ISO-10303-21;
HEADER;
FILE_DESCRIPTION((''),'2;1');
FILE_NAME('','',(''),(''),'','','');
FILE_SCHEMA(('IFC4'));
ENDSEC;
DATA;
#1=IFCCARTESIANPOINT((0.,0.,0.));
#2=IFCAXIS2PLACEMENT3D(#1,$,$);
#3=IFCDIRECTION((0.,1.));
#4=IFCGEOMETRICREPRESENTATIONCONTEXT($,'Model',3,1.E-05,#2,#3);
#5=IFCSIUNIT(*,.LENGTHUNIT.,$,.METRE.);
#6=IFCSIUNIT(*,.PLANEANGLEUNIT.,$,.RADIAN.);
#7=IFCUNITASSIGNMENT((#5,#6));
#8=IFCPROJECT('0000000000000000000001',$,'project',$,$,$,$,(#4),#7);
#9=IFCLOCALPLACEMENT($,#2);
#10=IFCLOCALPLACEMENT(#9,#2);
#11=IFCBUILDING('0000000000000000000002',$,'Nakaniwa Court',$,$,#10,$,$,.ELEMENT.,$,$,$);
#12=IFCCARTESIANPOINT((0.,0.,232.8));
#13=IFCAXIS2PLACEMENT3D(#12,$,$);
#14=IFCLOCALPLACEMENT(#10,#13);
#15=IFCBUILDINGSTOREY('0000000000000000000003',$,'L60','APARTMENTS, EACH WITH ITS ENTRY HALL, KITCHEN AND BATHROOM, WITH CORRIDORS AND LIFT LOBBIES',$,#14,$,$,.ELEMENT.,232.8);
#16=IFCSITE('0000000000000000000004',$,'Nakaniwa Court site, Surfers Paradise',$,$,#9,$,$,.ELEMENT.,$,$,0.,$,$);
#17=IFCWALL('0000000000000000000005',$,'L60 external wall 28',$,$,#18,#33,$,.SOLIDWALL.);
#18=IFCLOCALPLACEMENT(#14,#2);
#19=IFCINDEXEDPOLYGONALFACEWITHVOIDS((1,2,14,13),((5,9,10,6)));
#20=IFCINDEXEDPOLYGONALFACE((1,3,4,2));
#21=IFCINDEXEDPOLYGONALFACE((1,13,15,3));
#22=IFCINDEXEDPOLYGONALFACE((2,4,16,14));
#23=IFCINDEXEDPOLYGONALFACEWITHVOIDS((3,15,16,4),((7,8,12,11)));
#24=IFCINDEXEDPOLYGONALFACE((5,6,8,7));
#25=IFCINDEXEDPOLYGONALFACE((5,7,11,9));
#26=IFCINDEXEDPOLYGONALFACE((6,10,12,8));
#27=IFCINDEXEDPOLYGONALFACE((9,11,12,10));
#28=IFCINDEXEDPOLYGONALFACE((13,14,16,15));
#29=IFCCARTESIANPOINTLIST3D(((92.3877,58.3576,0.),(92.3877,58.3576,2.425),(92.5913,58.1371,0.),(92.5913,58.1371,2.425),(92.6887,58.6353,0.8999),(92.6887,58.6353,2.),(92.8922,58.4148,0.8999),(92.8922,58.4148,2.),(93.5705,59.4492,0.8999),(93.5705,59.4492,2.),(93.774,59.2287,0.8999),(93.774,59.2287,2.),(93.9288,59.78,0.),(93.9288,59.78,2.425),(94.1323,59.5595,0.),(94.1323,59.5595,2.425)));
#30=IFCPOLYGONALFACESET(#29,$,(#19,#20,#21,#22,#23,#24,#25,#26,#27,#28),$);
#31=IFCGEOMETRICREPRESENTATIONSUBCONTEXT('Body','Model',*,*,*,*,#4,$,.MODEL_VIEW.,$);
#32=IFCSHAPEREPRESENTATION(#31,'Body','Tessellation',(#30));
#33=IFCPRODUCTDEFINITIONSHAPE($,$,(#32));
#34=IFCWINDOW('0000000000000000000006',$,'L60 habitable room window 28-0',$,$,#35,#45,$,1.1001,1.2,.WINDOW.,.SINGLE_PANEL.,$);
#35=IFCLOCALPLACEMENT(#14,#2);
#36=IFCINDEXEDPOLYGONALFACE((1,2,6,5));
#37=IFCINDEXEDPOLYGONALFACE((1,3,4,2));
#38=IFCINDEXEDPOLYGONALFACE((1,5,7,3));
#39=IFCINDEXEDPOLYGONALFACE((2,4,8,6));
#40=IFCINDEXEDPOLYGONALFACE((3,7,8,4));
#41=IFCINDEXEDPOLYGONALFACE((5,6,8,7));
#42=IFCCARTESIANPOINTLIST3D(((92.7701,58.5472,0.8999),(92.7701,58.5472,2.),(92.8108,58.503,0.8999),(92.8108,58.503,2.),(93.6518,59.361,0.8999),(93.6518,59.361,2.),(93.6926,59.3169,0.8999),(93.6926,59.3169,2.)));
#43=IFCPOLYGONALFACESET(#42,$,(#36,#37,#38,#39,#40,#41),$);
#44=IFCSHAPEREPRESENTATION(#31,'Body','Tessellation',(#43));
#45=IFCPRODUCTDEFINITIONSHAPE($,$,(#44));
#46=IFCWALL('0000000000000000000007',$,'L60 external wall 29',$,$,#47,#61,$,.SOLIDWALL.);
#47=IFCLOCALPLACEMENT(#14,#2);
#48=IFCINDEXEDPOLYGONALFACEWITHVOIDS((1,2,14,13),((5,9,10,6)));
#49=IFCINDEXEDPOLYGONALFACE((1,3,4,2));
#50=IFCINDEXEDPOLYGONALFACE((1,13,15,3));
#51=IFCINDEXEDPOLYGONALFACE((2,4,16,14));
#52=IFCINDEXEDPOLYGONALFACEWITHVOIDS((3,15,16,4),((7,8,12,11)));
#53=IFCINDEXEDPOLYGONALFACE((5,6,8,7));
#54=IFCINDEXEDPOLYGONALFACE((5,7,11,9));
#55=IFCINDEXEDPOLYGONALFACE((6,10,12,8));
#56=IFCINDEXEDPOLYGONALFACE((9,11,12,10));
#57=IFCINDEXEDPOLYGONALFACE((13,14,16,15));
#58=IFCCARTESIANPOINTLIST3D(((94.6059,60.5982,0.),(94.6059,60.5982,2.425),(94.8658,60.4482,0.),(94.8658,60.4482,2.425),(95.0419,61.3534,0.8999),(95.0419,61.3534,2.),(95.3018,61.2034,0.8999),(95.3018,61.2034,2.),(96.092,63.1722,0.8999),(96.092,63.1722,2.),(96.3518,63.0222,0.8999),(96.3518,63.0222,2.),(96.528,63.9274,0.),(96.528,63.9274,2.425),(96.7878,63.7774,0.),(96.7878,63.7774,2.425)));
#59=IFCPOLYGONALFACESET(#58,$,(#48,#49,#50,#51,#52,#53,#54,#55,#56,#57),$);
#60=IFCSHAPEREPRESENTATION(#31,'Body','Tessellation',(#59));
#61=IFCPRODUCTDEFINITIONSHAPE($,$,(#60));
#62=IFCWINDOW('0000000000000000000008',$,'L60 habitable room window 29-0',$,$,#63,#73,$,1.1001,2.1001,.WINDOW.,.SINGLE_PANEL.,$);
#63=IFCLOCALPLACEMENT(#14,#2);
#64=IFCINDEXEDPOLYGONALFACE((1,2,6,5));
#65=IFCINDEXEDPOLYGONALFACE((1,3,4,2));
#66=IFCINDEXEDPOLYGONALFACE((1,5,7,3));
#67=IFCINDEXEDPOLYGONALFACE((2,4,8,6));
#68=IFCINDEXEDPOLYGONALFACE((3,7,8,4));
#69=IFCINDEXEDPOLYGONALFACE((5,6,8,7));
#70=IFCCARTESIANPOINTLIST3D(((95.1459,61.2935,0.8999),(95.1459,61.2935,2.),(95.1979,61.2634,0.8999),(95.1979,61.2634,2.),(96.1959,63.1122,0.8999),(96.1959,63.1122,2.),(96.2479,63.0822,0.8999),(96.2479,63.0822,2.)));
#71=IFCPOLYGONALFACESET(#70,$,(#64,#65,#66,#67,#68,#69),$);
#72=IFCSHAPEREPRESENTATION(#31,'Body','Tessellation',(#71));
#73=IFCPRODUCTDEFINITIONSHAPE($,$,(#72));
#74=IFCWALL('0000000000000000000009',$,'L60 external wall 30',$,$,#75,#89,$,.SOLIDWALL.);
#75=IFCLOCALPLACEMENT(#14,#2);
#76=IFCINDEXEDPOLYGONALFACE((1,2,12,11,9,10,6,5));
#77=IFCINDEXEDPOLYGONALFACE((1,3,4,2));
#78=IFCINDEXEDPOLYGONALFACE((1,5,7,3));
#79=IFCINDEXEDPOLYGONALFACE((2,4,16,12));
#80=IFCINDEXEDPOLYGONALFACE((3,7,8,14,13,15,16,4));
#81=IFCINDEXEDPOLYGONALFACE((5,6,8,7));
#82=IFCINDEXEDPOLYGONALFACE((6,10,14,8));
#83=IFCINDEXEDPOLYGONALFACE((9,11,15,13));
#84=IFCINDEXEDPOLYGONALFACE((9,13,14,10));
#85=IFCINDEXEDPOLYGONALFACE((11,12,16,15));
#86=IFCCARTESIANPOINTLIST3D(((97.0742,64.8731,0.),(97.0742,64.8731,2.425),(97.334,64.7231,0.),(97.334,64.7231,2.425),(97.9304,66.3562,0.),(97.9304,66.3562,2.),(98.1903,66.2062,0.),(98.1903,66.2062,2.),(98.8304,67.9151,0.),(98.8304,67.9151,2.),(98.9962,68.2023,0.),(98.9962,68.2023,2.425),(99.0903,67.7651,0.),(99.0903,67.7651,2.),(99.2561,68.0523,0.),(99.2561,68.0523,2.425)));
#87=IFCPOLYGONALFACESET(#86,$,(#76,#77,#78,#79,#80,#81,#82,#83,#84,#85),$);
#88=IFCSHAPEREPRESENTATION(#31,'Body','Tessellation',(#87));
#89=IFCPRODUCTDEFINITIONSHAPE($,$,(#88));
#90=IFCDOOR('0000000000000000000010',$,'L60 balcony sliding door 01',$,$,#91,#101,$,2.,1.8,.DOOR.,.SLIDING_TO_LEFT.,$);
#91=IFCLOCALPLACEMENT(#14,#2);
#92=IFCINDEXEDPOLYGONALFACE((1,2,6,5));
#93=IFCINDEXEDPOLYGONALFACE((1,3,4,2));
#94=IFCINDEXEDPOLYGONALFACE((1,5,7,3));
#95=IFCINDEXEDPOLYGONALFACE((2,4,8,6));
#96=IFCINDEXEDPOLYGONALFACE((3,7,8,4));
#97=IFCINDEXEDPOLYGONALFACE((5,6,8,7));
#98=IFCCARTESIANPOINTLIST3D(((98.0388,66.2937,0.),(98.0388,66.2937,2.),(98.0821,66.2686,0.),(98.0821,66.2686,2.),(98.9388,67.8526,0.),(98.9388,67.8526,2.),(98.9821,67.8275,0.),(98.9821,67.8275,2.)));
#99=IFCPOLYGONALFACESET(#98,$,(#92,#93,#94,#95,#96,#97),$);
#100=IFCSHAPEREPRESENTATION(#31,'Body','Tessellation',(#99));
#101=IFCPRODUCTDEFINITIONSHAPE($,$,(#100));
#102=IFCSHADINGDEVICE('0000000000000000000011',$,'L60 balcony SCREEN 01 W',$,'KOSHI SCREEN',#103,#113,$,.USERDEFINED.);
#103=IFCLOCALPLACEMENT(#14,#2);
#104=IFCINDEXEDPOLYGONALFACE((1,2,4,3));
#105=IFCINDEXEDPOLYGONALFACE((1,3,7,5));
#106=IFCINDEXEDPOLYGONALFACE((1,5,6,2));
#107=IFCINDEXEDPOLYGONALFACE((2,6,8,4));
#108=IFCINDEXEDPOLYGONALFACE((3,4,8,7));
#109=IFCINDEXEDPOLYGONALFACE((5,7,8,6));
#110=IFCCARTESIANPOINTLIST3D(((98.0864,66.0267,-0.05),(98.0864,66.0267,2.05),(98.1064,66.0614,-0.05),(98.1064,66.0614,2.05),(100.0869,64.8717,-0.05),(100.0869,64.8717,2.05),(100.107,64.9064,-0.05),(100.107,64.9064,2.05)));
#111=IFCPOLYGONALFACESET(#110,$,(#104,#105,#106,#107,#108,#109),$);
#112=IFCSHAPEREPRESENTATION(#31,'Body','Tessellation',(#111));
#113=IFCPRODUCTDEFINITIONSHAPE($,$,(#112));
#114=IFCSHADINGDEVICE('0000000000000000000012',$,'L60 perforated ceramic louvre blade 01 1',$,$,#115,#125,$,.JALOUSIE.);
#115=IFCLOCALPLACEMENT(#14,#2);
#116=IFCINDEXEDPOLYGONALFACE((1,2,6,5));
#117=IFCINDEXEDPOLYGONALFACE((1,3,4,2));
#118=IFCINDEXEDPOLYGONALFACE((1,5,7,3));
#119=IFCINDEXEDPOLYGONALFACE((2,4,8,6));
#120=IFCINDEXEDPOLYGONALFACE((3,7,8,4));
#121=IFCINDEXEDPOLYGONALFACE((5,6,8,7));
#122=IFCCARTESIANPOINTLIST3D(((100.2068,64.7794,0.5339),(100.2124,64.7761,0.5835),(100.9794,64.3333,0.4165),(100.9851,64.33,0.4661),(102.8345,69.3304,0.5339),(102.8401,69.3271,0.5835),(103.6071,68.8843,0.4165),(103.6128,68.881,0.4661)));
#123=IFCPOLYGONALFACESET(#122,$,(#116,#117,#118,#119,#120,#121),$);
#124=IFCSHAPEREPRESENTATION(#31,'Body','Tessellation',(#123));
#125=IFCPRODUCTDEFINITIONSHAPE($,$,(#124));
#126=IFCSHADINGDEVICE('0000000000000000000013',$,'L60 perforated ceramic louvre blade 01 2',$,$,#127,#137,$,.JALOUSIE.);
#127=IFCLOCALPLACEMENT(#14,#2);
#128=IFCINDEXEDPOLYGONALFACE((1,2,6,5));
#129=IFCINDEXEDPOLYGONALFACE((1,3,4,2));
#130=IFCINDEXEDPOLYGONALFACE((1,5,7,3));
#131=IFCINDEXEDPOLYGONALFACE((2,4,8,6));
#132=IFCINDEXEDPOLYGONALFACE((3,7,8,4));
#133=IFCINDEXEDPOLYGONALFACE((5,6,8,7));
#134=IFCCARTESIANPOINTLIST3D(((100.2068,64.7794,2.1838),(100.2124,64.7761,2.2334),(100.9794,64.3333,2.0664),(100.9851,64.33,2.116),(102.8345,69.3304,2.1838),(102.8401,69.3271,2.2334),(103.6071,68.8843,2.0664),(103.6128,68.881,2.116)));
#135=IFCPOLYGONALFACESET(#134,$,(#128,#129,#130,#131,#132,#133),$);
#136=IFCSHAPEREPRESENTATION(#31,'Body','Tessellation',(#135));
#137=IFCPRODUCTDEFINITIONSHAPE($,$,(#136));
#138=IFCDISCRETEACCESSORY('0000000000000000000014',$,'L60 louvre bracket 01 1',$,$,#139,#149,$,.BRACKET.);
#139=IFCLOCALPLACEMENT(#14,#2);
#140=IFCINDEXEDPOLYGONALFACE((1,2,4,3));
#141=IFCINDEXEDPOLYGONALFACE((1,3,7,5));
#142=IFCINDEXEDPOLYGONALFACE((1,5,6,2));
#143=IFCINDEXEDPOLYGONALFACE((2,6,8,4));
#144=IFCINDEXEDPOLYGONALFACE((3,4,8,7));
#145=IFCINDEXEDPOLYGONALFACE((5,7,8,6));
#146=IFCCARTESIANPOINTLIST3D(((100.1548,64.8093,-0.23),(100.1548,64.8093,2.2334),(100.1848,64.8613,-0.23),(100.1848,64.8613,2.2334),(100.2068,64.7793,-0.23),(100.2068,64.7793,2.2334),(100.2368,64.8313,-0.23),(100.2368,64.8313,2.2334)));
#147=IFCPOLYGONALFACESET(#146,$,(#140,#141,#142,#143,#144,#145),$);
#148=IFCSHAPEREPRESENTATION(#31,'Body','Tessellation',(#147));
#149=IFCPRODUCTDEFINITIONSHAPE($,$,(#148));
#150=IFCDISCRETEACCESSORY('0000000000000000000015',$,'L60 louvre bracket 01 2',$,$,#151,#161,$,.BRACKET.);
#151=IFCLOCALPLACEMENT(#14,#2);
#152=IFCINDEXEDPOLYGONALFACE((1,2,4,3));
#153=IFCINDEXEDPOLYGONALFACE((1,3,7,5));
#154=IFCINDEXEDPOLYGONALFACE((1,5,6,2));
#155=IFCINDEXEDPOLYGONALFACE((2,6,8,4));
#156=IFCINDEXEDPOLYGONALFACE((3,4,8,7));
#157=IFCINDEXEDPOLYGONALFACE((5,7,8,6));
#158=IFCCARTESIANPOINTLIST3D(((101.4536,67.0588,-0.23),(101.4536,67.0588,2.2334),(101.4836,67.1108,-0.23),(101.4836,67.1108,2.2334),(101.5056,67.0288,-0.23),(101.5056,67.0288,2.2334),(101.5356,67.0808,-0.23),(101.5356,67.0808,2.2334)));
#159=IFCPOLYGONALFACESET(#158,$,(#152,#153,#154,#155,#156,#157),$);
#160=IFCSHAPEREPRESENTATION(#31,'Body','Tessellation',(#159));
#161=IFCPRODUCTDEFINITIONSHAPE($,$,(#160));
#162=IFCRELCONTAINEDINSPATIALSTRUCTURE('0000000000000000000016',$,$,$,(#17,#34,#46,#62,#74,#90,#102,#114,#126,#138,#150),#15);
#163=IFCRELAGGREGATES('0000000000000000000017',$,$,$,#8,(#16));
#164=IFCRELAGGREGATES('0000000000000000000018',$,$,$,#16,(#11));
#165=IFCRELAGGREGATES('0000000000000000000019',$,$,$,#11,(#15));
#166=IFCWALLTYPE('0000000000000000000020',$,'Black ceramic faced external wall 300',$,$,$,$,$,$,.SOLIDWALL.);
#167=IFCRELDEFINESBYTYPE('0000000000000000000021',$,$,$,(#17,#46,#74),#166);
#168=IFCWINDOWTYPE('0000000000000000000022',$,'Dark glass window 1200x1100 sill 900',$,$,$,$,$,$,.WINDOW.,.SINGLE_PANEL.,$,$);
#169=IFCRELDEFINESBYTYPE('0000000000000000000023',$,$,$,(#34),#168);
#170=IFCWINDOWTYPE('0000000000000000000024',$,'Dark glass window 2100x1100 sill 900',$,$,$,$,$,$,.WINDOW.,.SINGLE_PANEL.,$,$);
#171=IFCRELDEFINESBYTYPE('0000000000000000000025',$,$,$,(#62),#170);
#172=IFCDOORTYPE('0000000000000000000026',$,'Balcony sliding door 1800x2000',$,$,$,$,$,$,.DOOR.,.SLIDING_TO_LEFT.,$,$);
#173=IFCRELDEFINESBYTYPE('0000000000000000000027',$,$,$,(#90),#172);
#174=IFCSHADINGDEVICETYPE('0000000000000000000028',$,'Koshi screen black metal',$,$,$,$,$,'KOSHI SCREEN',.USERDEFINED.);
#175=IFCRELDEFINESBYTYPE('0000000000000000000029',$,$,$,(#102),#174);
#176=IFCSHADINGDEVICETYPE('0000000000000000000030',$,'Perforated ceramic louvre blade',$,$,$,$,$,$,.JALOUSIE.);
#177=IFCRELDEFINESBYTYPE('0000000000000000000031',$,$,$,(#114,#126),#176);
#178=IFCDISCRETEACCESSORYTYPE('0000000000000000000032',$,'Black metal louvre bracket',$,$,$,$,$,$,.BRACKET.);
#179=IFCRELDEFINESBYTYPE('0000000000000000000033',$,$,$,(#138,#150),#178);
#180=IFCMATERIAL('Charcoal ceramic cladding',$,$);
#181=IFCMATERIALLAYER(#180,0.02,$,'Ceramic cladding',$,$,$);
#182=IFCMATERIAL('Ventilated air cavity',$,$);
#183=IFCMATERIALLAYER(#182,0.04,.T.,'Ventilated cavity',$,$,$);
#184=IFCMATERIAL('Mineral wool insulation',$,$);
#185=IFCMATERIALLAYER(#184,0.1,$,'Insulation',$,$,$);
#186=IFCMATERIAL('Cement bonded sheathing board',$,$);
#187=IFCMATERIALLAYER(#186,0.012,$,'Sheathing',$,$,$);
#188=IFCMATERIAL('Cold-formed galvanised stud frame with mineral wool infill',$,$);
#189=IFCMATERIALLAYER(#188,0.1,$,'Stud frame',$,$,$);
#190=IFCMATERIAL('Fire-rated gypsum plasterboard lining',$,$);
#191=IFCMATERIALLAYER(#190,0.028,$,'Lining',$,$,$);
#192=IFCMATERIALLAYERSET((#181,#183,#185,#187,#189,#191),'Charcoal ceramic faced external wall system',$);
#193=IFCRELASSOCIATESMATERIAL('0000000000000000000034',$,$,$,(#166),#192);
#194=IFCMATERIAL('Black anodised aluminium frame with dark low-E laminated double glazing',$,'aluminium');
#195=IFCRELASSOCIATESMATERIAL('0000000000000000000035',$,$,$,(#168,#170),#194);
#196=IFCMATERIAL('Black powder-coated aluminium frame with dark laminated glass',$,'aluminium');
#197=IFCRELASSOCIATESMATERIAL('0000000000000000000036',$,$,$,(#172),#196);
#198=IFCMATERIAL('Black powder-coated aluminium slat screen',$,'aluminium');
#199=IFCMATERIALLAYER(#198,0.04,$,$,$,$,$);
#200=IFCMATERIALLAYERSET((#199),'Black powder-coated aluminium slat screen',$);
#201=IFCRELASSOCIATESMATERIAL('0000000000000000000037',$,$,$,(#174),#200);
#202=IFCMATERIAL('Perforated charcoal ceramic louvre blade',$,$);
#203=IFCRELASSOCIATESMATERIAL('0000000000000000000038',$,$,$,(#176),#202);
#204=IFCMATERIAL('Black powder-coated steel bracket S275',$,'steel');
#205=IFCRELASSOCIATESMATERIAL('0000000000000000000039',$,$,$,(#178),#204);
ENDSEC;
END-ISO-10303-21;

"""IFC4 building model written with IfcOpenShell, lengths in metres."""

from ifc_helpers import new_model, si_unit, direction, frame, frame_2d, origin, origin_2d, place, context, subcontext, project, spatial, rectangle, extrude, material, layer, layer_set, material_profile, profile_set, type_object, element, fill, save


model = new_model("IFC4")

# Units and contexts
model_context = context("Model", 3, precision=1e-05, world=origin(), true_north=direction((0.0, 1.0)))
body_context = subcontext(model_context, "Body", "Model", "MODEL_VIEW")
ifc_project = project(units=[si_unit("LENGTHUNIT", "METRE"), si_unit("PLANEANGLEUNIT", "RADIAN")], contexts=[model_context])

# Site, building, storey
site_placement = place(None, origin())
site = spatial("IfcSite", under=ifc_project, at=site_placement, Name="Nakaniwa Court site, Surfers Paradise", CompositionType="ELEMENT", RefElevation=0.0)
building_placement = place(site_placement, origin())
building = spatial("IfcBuilding", under=site, at=building_placement, Name="Nakaniwa Court", CompositionType="ELEMENT")
storey_placement = place(building_placement, frame((0.0, 0.0, 232.8)))
storey = spatial("IfcBuildingStorey", under=building, at=storey_placement, Name="L60", Description="APARTMENTS, EACH WITH ITS ENTRY HALL, KITCHEN AND BATHROOM, WITH CORRIDORS AND LIFT LOBBIES", CompositionType="ELEMENT", Elevation=232.8)

# Walls, openings, windows
ifc_material_1 = material(Name="Charcoal ceramic cladding")
ifc_layer_1 = layer(ifc_material_1, 0.02, Name="Ceramic cladding")
ifc_material_2 = material(Name="Ventilated air cavity")
ifc_layer_2 = layer(ifc_material_2, 0.04, ventilated=True, Name="Ventilated cavity")
ifc_material_3 = material(Name="Mineral wool insulation")
ifc_layer_3 = layer(ifc_material_3, 0.1, Name="Insulation")
ifc_material_4 = material(Name="Cement bonded sheathing board")
ifc_layer_4 = layer(ifc_material_4, 0.012, Name="Sheathing")
ifc_material_5 = material(Name="Cold-formed galvanised stud frame with mineral wool infill")
ifc_layer_5 = layer(ifc_material_5, 0.1, Name="Stud frame")
ifc_material_6 = material(Name="Fire-rated gypsum plasterboard lining")
ifc_layer_6 = layer(ifc_material_6, 0.028, Name="Lining")
ifc_layer_set_1 = layer_set([ifc_layer_1, ifc_layer_2, ifc_layer_3, ifc_layer_4, ifc_layer_5, ifc_layer_6], Name="Charcoal ceramic faced external wall system")
wall_type_1 = type_object("IfcWallType", Name="Black ceramic faced external wall 300", PredefinedType="SOLIDWALL", material=ifc_layer_set_1)
ifc_material_7 = material(Name="Black anodised aluminium frame with dark low-E laminated double glazing", Category="aluminium")
window_type_1 = type_object("IfcWindowType", Name="Dark glass window 1200x1100 sill 900", PartitioningType="SINGLE_PANEL", PredefinedType="WINDOW", material=ifc_material_7)
wall_1_placement = place(storey_placement, frame((92.4895, 58.2473, 0.0), z_axis=(0.0, 0.0, 1.0), x_axis=(0.73483, 0.678251, 0.0)))
wall_1 = element("IfcWall", 1, at=wall_1_placement, inside=storey, type_object=wall_type_1, Name="L60 external wall 28", PredefinedType="SOLIDWALL", context=body_context, shape_type="SweptSolid", body=[
    extrude(rectangle(XDim=2.0972, YDim=0.3, at=frame_2d((1.0486, 0.0))), origin(), (0.0, 0.0, 1.0), 2.425),
])
opening_1_placement = place(wall_1_placement, frame((0.4094, 0.0, 0.8999)))
opening_1 = element("IfcOpeningElement", 2, at=opening_1_placement, cuts=wall_1, PredefinedType="OPENING", context=body_context, shape_type="SweptSolid", body=[
    extrude(rectangle(XDim=1.2, YDim=1.1001, at=frame_2d((0.6001, 0.55))), frame((0.0, 0.1599, 0.0), z_axis=(0.0, -1.0, 0.0), x_axis=(1.0, 0.0, 0.0)), (0.0, 0.0, 1.0), 0.3201),
])
window_1_placement = place(opening_1_placement, origin())
window_1 = element("IfcWindow", 3, at=window_1_placement, inside=storey, type_object=window_type_1, Name="L60 habitable room window 28-0", OverallHeight=1.1001, OverallWidth=1.2, PartitioningType="SINGLE_PANEL", PredefinedType="WINDOW", context=body_context, shape_type="SweptSolid", body=[
    extrude(rectangle(XDim=1.2, YDim=1.1001, at=frame_2d((0.6001, 0.55))), frame((0.0, 0.03, 0.0), z_axis=(0.0, -1.0, 0.0), x_axis=(1.0, 0.0, 0.0)), (0.0, 0.0, 1.0), 0.0601),
])
fill(opening_1, window_1)
wall_2_placement = place(storey_placement, frame((94.7358, 60.5232, 0.0), z_axis=(0.0, 0.0, 1.0), x_axis=(0.499984, 0.866034, 0.0)))
wall_2 = element("IfcWall", 4, at=wall_2_placement, inside=storey, type_object=wall_type_1, Name="L60 external wall 29", PredefinedType="SOLIDWALL", context=body_context, shape_type="SweptSolid", body=[
    extrude(rectangle(XDim=3.8442, YDim=0.3, at=frame_2d((1.9221, 0.0))), origin(), (0.0, 0.0, 1.0), 2.425),
])
opening_2_placement = place(wall_2_placement, frame((0.8721, 0.0, 0.8999)))
opening_2 = element("IfcOpeningElement", 5, at=opening_2_placement, cuts=wall_2, PredefinedType="OPENING", context=body_context, shape_type="SweptSolid", body=[
    extrude(rectangle(XDim=2.1001, YDim=1.1001, at=frame_2d((1.05, 0.55))), frame((0.0, 0.1599, 0.0), z_axis=(0.0, -1.0, 0.0), x_axis=(1.0, 0.0, 0.0)), (0.0, 0.0, 1.0), 0.3201),
])
window_type_2 = type_object("IfcWindowType", Name="Dark glass window 2100x1100 sill 900", PartitioningType="SINGLE_PANEL", PredefinedType="WINDOW", material=ifc_material_7)
window_2_placement = place(opening_2_placement, origin())
window_2 = element("IfcWindow", 6, at=window_2_placement, inside=storey, type_object=window_type_2, Name="L60 habitable room window 29-0", OverallHeight=1.1001, OverallWidth=2.1001, PartitioningType="SINGLE_PANEL", PredefinedType="WINDOW", context=body_context, shape_type="SweptSolid", body=[
    extrude(rectangle(XDim=2.1001, YDim=1.1001, at=frame_2d((1.05, 0.55))), frame((0.0, 0.03, 0.0), z_axis=(0.0, -1.0, 0.0), x_axis=(1.0, 0.0, 0.0)), (0.0, 0.0, 1.0), 0.0601),
])
fill(opening_2, window_2)

# Wall, opening, door
wall_3_placement = place(storey_placement, frame((97.2041, 64.7981, 0.0), z_axis=(0.0, 0.0, 1.0), x_axis=(0.499984, 0.866034, 0.0)))
wall_3 = element("IfcWall", 7, at=wall_3_placement, inside=storey, type_object=wall_type_1, Name="L60 external wall 30", PredefinedType="SOLIDWALL", context=body_context, shape_type="SweptSolid", body=[
    extrude(rectangle(XDim=3.8442, YDim=0.3, at=frame_2d((1.9221, 0.0))), origin(), (0.0, 0.0, 1.0), 2.425),
])
opening_3_placement = place(wall_3_placement, frame((1.7126, 0.0, 0.0)))
opening_3 = element("IfcOpeningElement", 8, at=opening_3_placement, cuts=wall_3, PredefinedType="OPENING", context=body_context, shape_type="SweptSolid", body=[
    extrude(rectangle(XDim=1.8, YDim=2.0, at=frame_2d((0.8999, 1.0))), frame((0.0, 0.1599, 0.0), z_axis=(0.0, -1.0, 0.0), x_axis=(1.0, 0.0, 0.0)), (0.0, 0.0, 1.0), 0.3201),
])
ifc_material_8 = material(Name="Black powder-coated aluminium frame with dark laminated glass", Category="aluminium")
door_type = type_object("IfcDoorType", Name="Balcony sliding door 1800x2000", OperationType="SLIDING_TO_LEFT", PredefinedType="DOOR", material=ifc_material_8)
door_placement = place(opening_3_placement, origin())
door = element("IfcDoor", 9, at=door_placement, inside=storey, type_object=door_type, Name="L60 balcony sliding door 01", OperationType="SLIDING_TO_LEFT", OverallHeight=2.0, OverallWidth=1.8, PredefinedType="DOOR", context=body_context, shape_type="SweptSolid", body=[
    extrude(rectangle(XDim=1.8, YDim=2.0, at=frame_2d((0.8999, 1.0))), frame((0.0, 0.0249, 0.0), z_axis=(0.0, -1.0, 0.0), x_axis=(1.0, 0.0, 0.0)), (0.0, 0.0, 1.0), 0.05),
])
fill(opening_3, door)

# Shading devices
ifc_material_9 = material(Name="Black powder-coated aluminium slat screen", Category="aluminium")
ifc_layer_7 = layer(ifc_material_9, 0.04)
ifc_layer_set_2 = layer_set([ifc_layer_7], Name="Black powder-coated aluminium slat screen")
shading_device_type_1 = type_object("IfcShadingDeviceType", Name="Koshi screen black metal", ElementType="KOSHI SCREEN", PredefinedType="USERDEFINED", material=ifc_layer_set_2)
shading_device_placement = place(storey_placement, frame((99.0967, 65.4666, -0.05), z_axis=(0.0, 0.0, 1.0), x_axis=(0.500017, 0.866016, 0.0)))
element("IfcShadingDevice", 10, at=shading_device_placement, inside=storey, type_object=shading_device_type_1, Name="L60 balcony SCREEN 01 W", ObjectType="KOSHI SCREEN", PredefinedType="USERDEFINED", context=body_context, shape_type="SweptSolid", body=[
    extrude(rectangle(XDim=0.04, YDim=2.3101, at=origin_2d()), origin(), (0.0, 0.0, 1.0), 2.1001),
])
ifc_material_10 = material(Name="Perforated charcoal ceramic louvre blade")
ifc_material_profile_1 = material_profile(ifc_material_10, rectangle(XDim=0.8999, YDim=0.05, at=origin_2d()), Name="Perforated ceramic louvre blade")
ifc_profile_set_1 = profile_set([ifc_material_profile_1], Name="Perforated charcoal ceramic louvre blade")
shading_device_type_2 = type_object("IfcShadingDeviceType", Name="Perforated ceramic louvre blade", PredefinedType="JALOUSIE", material=ifc_profile_set_1)
for number, where, z_axis, x_axis, name in (
    (11, (100.5959, 64.5547, 0.5), (0.500021, 0.866013, 0.0), (-0.858604, 0.495744, 0.130526), "L60 perforated ceramic louvre blade 01 1"),
    (12, (100.5959, 64.5547, 2.1499), (0.500021, 0.866013, 0.0), (-0.858604, 0.495744, 0.130526), "L60 perforated ceramic louvre blade 01 2"),
):
    element("IfcShadingDevice", number, at=place(storey_placement, frame(where, z_axis=z_axis, x_axis=x_axis)), inside=storey, type_object=shading_device_type_2, Name=name, PredefinedType="JALOUSIE", context=body_context, shape_type="SweptSolid", body=[
        extrude(rectangle(XDim=0.8999, YDim=0.05, at=origin_2d()), origin(), (0.0, 0.0, 1.0), 5.2551),
    ])

# Discrete accessories
ifc_material_11 = material(Name="Black powder-coated steel bracket S275", Category="steel")
discrete_accessory_type_1 = type_object("IfcDiscreteAccessoryType", Name="Black metal louvre bracket", PredefinedType="BRACKET", material=ifc_material_11)
for number, where, z_axis, x_axis, name in (
    (13, (100.1958, 64.8203, -0.23), (0.0, 0.0, 1.0), (0.500017, 0.866016, 0.0), "L60 louvre bracket 01 1"),
    (14, (101.4946, 67.0698, -0.23), (0.0, 0.0, 1.0), (0.500017, 0.866016, 0.0), "L60 louvre bracket 01 2"),
):
    element("IfcDiscreteAccessory", number, at=place(storey_placement, frame(where, z_axis=z_axis, x_axis=x_axis)), inside=storey, type_object=discrete_accessory_type_1, Name=name, PredefinedType="BRACKET", context=body_context, shape_type="SweptSolid", body=[
        extrude(rectangle(XDim=0.0601, YDim=0.0601, at=origin_2d()), origin(), (0.0, 0.0, 1.0), 2.4634),
    ])

save(model, "model.ifc")
